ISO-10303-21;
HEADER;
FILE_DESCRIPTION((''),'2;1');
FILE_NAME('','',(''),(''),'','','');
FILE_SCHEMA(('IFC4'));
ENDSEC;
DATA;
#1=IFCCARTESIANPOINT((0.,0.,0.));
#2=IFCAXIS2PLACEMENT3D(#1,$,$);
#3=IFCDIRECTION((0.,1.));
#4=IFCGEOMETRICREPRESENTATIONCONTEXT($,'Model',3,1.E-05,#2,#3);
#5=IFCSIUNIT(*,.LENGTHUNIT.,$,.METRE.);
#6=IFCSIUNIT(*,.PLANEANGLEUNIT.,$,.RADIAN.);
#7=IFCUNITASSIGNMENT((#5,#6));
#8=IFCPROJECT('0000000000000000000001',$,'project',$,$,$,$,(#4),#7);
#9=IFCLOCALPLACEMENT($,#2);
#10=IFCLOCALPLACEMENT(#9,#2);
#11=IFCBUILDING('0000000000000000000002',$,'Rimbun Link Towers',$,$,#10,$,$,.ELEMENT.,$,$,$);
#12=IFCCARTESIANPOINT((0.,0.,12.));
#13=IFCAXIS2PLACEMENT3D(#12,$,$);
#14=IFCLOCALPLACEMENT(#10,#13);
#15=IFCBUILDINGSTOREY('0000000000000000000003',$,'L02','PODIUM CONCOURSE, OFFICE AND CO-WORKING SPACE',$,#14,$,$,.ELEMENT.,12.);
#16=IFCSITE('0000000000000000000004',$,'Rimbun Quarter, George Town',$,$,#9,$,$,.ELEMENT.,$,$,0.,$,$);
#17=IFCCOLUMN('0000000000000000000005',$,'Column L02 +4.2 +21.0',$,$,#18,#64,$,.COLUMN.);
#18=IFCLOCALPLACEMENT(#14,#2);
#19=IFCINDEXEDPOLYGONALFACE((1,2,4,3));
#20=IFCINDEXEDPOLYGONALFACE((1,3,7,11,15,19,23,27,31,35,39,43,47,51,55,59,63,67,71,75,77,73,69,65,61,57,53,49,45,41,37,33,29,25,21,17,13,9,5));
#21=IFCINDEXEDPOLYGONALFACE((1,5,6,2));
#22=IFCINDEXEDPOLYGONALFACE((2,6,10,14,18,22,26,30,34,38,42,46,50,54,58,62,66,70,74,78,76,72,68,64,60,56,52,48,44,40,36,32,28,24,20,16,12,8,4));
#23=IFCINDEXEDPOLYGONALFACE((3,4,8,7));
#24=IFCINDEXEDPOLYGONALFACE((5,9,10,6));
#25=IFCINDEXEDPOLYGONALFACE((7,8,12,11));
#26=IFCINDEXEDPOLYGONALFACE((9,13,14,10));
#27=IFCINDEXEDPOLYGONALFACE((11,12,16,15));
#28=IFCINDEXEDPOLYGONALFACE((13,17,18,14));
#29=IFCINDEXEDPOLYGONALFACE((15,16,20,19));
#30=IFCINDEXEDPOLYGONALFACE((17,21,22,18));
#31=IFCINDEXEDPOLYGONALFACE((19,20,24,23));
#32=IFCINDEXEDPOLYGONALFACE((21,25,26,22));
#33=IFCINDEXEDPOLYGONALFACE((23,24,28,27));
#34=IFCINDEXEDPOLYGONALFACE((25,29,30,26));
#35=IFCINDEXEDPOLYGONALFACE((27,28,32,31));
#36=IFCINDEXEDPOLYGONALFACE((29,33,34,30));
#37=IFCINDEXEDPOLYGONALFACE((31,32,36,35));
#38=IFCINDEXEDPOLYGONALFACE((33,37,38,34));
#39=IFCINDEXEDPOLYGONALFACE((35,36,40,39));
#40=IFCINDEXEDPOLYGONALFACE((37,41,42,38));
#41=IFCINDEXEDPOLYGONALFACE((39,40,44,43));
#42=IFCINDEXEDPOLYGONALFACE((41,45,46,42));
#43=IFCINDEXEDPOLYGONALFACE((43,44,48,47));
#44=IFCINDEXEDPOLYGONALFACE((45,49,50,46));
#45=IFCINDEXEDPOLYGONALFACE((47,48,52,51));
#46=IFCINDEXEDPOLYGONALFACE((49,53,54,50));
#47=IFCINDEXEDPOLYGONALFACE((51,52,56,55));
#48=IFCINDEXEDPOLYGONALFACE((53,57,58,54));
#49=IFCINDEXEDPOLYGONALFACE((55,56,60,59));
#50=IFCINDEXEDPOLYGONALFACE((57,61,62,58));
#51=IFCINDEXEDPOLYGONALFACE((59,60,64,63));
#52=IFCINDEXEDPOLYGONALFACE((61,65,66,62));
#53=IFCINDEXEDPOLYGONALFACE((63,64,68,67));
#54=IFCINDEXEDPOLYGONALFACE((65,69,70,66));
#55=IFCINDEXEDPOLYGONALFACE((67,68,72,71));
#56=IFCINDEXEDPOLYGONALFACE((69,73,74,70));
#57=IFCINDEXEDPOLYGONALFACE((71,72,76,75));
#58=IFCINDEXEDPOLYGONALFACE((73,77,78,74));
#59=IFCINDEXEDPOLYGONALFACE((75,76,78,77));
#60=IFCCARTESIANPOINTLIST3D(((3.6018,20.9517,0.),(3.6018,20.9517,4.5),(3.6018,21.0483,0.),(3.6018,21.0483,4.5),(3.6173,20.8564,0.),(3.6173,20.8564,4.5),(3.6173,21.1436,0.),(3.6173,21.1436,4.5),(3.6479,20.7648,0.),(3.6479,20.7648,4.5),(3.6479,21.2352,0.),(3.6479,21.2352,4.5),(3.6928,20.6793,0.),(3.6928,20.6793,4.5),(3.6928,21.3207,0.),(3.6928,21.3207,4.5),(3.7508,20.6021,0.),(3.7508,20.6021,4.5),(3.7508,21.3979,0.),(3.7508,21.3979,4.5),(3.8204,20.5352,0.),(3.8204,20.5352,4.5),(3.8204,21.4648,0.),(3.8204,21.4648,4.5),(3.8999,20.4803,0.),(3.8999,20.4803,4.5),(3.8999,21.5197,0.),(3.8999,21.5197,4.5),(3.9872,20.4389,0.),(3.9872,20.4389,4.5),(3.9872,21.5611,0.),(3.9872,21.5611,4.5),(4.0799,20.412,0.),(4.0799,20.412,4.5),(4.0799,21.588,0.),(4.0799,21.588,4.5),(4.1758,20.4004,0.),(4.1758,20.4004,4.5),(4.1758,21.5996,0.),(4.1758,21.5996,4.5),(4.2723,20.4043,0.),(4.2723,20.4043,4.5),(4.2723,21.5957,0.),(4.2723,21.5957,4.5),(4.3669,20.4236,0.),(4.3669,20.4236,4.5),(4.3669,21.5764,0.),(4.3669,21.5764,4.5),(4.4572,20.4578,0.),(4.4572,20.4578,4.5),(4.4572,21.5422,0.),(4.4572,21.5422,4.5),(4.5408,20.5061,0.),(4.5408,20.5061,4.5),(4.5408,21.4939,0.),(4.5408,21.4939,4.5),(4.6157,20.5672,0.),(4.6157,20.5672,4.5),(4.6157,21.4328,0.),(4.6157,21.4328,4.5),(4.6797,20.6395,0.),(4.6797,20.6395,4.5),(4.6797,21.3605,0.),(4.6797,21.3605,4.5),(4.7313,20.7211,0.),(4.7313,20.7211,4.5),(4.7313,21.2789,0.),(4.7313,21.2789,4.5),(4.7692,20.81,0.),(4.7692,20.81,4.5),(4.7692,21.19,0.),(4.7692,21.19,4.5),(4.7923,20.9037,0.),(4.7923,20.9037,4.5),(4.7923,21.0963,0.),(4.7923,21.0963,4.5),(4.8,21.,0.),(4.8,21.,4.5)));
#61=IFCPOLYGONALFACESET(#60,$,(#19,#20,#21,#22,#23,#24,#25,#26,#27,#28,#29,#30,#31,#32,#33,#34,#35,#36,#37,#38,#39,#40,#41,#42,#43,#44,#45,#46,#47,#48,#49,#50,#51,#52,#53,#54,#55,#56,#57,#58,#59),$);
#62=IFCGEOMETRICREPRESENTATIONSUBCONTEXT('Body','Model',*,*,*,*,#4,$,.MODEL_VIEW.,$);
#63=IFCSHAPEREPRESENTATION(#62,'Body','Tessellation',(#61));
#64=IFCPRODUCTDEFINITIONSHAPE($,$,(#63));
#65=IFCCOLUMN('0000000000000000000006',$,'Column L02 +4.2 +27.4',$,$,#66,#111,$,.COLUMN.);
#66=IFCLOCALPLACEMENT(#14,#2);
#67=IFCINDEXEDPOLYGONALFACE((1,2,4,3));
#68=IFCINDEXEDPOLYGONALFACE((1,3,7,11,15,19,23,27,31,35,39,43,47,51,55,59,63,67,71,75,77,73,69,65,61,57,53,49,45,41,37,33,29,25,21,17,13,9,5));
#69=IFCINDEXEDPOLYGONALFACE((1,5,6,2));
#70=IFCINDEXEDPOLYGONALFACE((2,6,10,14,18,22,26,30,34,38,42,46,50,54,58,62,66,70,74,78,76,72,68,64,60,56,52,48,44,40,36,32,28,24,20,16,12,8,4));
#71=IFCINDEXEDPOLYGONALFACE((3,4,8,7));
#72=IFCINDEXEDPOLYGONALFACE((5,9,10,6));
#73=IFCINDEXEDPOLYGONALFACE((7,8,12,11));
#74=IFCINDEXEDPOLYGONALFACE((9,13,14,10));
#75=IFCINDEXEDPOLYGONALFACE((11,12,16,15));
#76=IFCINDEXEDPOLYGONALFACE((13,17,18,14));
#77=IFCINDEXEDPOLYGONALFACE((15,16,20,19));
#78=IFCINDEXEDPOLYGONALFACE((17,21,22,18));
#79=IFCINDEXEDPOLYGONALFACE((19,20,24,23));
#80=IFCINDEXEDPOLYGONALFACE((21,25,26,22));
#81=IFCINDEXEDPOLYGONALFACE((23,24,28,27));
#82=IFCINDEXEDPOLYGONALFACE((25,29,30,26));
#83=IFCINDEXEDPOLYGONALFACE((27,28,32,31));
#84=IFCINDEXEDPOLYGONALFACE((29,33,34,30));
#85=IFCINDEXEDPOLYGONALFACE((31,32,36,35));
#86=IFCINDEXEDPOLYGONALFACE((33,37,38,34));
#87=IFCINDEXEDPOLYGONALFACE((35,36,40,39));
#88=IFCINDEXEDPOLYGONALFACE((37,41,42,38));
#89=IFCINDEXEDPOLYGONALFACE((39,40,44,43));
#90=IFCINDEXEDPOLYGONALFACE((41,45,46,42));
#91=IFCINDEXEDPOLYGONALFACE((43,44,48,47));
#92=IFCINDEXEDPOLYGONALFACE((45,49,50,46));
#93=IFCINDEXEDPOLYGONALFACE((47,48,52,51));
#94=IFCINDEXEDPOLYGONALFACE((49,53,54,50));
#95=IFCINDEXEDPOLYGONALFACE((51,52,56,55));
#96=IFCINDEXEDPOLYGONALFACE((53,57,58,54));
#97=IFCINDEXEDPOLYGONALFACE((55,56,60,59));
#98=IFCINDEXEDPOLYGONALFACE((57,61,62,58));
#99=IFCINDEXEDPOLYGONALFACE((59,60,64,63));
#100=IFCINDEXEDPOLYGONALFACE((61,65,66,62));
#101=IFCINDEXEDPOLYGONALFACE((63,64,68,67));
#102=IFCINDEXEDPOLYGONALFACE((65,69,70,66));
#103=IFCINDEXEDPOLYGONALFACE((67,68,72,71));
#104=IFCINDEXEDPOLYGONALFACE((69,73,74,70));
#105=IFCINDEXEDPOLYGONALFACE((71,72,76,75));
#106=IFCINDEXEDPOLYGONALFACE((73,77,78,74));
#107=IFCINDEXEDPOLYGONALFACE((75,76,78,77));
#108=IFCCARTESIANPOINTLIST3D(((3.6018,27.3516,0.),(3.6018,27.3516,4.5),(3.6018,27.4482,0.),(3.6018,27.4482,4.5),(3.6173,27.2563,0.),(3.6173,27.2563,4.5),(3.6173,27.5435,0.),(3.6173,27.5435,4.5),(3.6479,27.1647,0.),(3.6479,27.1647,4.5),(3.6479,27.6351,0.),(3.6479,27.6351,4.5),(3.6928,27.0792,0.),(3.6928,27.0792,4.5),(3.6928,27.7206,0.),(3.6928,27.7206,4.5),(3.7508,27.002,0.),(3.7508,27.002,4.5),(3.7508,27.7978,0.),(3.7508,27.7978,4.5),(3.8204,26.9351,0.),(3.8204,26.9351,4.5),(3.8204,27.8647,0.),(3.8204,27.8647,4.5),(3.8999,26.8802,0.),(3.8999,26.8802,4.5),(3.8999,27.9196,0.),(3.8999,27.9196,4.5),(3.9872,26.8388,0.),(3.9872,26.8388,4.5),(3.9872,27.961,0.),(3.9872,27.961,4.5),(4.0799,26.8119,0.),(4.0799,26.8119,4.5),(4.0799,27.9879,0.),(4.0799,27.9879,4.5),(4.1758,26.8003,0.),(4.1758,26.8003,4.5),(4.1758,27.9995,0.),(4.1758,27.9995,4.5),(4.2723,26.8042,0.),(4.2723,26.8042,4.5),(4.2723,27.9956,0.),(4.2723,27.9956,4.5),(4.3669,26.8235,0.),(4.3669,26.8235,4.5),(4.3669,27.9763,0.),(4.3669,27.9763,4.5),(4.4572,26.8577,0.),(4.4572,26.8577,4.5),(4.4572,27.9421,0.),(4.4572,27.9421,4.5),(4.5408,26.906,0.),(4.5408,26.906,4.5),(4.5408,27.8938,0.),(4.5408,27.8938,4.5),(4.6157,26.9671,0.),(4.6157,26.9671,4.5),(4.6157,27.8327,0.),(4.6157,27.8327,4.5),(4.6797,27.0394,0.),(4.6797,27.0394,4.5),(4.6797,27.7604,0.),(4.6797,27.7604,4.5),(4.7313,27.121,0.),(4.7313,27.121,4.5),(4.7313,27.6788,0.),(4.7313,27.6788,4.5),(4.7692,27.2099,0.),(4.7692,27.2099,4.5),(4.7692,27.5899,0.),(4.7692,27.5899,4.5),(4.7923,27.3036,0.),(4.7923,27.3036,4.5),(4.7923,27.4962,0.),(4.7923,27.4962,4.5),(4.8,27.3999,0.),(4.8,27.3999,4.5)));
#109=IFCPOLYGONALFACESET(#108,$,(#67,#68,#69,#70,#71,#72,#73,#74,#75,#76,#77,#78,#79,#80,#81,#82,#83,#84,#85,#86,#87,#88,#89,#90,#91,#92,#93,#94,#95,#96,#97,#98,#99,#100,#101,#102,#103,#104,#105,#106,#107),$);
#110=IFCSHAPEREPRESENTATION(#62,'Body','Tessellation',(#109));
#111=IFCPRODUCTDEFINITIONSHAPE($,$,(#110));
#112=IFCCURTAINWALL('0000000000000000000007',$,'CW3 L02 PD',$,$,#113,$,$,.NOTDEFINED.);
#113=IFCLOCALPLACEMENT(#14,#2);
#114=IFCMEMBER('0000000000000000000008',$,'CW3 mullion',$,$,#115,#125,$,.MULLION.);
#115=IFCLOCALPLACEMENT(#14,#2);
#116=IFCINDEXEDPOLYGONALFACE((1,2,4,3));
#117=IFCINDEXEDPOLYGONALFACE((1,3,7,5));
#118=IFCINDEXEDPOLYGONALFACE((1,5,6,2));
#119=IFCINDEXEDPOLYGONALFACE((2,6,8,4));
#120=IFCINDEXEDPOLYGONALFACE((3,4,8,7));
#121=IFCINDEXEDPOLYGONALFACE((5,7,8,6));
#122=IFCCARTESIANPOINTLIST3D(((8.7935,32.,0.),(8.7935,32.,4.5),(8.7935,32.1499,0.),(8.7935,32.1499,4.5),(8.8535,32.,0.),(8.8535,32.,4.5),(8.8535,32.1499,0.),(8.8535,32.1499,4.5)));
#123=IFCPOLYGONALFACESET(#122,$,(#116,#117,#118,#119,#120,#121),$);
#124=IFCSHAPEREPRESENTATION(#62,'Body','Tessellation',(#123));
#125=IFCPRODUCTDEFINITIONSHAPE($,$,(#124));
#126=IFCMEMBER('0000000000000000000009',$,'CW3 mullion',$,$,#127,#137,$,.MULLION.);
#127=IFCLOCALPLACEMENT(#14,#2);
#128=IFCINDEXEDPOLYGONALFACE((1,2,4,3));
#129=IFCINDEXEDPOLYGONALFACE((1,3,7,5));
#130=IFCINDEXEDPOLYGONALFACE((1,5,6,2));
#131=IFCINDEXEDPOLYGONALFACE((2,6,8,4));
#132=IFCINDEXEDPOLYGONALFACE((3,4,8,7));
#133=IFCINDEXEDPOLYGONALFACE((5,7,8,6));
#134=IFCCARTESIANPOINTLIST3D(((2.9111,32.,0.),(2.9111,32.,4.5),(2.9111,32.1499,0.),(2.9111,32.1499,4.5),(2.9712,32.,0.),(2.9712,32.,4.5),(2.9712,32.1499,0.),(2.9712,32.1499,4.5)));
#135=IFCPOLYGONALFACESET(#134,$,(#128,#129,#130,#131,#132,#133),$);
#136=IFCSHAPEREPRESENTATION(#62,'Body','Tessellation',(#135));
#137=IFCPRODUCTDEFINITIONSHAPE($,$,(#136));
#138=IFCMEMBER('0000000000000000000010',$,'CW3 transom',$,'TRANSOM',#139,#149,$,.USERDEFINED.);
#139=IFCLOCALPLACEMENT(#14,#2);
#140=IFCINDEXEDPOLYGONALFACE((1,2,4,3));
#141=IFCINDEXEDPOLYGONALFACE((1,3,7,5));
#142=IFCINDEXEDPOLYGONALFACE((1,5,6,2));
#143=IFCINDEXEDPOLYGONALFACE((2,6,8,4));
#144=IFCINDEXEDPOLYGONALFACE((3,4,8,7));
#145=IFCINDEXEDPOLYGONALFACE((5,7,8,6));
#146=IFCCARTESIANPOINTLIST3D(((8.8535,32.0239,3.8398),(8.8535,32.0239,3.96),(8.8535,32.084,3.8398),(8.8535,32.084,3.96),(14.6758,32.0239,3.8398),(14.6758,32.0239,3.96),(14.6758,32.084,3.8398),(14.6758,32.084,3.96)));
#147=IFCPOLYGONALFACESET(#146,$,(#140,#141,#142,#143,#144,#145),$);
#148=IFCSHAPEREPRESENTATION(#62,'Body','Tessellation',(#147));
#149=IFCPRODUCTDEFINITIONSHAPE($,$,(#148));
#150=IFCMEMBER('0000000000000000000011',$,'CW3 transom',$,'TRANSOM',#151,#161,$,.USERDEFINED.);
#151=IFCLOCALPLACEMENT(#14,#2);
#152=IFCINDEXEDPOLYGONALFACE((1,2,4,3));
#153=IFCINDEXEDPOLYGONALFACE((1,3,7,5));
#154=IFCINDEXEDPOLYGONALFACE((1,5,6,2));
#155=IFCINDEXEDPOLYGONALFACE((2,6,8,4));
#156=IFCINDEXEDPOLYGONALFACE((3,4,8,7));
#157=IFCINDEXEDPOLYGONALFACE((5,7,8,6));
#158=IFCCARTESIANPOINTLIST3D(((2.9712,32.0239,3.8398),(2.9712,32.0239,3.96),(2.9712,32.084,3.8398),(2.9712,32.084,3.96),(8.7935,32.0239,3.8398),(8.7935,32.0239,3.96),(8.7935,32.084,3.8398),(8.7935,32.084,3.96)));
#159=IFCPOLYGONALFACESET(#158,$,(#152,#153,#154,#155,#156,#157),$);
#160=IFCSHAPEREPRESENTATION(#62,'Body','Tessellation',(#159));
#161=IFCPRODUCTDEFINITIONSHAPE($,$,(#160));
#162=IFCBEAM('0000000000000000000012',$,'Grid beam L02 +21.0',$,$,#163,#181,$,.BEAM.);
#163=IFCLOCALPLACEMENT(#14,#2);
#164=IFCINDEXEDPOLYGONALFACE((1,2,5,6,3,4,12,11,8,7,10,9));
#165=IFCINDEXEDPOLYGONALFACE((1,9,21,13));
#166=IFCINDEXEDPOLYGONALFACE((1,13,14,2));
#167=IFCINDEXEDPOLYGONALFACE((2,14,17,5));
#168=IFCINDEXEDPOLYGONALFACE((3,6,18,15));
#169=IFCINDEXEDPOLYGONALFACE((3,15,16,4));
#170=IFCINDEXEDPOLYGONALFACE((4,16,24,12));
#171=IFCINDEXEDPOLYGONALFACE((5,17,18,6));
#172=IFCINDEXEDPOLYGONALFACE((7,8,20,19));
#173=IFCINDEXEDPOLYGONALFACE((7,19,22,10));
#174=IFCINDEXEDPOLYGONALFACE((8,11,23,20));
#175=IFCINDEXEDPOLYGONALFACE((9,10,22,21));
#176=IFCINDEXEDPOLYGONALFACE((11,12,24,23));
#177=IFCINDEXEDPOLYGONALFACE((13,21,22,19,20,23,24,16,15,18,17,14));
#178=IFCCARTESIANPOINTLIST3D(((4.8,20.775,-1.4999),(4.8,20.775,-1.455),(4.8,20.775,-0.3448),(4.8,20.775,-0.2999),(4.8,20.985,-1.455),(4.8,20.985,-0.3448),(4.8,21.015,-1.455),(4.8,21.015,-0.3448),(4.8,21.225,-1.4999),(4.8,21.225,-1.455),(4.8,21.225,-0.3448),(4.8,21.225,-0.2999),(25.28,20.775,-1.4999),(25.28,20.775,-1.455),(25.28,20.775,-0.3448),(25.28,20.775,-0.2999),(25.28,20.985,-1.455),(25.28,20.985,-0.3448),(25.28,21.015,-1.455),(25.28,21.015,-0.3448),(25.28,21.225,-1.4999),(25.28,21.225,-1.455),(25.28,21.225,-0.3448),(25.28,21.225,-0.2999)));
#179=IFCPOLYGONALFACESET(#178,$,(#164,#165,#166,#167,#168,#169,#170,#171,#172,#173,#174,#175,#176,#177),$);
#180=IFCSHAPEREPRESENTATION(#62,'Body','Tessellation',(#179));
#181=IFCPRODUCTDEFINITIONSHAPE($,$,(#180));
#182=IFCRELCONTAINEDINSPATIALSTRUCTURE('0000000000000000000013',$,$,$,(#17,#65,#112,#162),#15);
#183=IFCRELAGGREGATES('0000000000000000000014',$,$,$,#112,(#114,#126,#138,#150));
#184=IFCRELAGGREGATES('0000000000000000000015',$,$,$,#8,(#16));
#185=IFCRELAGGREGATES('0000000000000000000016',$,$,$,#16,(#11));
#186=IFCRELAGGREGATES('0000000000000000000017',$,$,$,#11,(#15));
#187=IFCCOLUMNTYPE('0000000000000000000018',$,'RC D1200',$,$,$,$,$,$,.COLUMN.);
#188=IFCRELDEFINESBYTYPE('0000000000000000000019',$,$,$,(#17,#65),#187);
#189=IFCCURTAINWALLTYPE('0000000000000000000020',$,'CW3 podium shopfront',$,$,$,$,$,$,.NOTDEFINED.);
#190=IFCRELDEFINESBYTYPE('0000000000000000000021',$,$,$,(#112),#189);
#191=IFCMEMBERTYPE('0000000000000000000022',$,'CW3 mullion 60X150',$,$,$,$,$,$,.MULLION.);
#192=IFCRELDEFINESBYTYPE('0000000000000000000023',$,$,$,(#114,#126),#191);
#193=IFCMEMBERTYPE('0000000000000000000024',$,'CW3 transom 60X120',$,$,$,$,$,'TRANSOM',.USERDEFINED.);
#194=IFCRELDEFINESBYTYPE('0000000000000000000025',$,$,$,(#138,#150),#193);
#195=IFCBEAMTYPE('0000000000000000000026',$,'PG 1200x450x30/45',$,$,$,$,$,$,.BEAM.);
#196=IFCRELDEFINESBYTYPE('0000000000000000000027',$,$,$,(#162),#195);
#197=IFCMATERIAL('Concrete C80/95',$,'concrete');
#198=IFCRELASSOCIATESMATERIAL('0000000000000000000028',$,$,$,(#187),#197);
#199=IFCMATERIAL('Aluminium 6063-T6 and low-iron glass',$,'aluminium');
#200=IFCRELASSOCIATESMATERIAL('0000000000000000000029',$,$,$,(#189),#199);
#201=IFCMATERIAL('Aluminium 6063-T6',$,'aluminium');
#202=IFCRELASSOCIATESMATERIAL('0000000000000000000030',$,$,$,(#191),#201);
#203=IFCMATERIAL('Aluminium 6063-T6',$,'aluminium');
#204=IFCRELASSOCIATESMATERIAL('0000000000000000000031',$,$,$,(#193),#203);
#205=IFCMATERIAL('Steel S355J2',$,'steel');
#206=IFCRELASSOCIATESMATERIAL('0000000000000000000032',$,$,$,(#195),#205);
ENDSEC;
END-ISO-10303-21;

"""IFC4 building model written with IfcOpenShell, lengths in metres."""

from ifc_helpers import new_model, si_unit, direction, frame, origin, origin_2d, place, context, subcontext, project, spatial, rectangle, circle, i_section, extrude, material, material_profile, profile_set, type_object, element, aggregate, save


model = new_model("IFC4")

# Units and contexts
model_context = context("Model", 3, precision=1e-05, world=origin(), true_north=direction((0.0, 1.0)))
body_context = subcontext(model_context, "Body", "Model", "MODEL_VIEW")
ifc_project = project(units=[si_unit("LENGTHUNIT", "METRE"), si_unit("PLANEANGLEUNIT", "RADIAN")], contexts=[model_context])

# Site, building, storey
site_placement = place(None, origin())
site = spatial("IfcSite", under=ifc_project, at=site_placement, Name="Rimbun Quarter, George Town", CompositionType="ELEMENT", RefElevation=0.0)
building_placement = place(site_placement, origin())
building = spatial("IfcBuilding", under=site, at=building_placement, Name="Rimbun Link Towers", CompositionType="ELEMENT")
storey_placement = place(building_placement, frame((0.0, 0.0, 12.0)))
storey = spatial("IfcBuildingStorey", under=building, at=storey_placement, Name="L02", Description="PODIUM CONCOURSE, OFFICE AND CO-WORKING SPACE", CompositionType="ELEMENT", Elevation=12.0)

# Columns
ifc_material_1 = material(Name="Concrete C80/95", Category="concrete")
ifc_material_profile_1 = material_profile(ifc_material_1, circle(Radius=0.6001, at=origin_2d()), Name="RC D1200")
ifc_profile_set_1 = profile_set([ifc_material_profile_1], Name="Concrete C80/95")
column_type = type_object("IfcColumnType", Name="RC D1200", PredefinedType="COLUMN", material=ifc_profile_set_1)
for number, where, z_axis, x_axis, name in (
    (1, (4.2, 21.0, 0.0), (0.0, 0.0, 1.0), (1.0, 0.0, 0.0), "Column L02 +4.2 +21.0"),
    (2, (4.2, 27.3999, 0.0), (0.0, 0.0, 1.0), (1.0, 0.0, 0.0), "Column L02 +4.2 +27.4"),
):
    element("IfcColumn", number, at=place(storey_placement, frame(where, z_axis=z_axis, x_axis=x_axis)), inside=storey, type_object=column_type, Name=name, PredefinedType="COLUMN", context=body_context, shape_type="SweptSolid", body=[
        extrude(circle(Radius=0.6001, at=origin_2d()), origin(), (0.0, 0.0, 1.0), 4.5),
    ])

# Curtain wall, members
ifc_material_2 = material(Name="Aluminium 6063-T6 and low-iron glass", Category="aluminium")
curtain_wall_type = type_object("IfcCurtainWallType", Name="CW3 podium shopfront", PredefinedType="NOTDEFINED", material=ifc_material_2)
curtain_wall_placement = place(storey_placement, origin())
curtain_wall = element("IfcCurtainWall", 3, at=curtain_wall_placement, inside=storey, type_object=curtain_wall_type, Name="CW3 L02 PD", PredefinedType="NOTDEFINED")
ifc_material_3 = material(Name="Aluminium 6063-T6", Category="aluminium")
ifc_material_profile_2 = material_profile(ifc_material_3, rectangle(XDim=0.1499, YDim=0.0601, at=origin_2d()), Name="MULLION 60X150")
ifc_profile_set_2 = profile_set([ifc_material_profile_2], Name="Aluminium 6063-T6")
member_type_1 = type_object("IfcMemberType", Name="CW3 mullion 60X150", PredefinedType="MULLION", material=ifc_profile_set_2)
member_1_placement = place(storey_placement, frame((8.8235, 32.075, 0.0), z_axis=(0.0, 0.0, 1.0), x_axis=(0.0, 1.0, 0.0)))
member_1 = element("IfcMember", 4, at=member_1_placement, type_object=member_type_1, Name="CW3 mullion", PredefinedType="MULLION", context=body_context, shape_type="SweptSolid", body=[
    extrude(rectangle(XDim=0.1499, YDim=0.0601, at=origin_2d()), origin(), (0.0, 0.0, 1.0), 4.5),
])
member_2_placement = place(storey_placement, frame((2.9412, 32.075, 0.0), z_axis=(0.0, 0.0, 1.0), x_axis=(0.0, 1.0, 0.0)))
member_2 = element("IfcMember", 5, at=member_2_placement, type_object=member_type_1, Name="CW3 mullion", PredefinedType="MULLION", context=body_context, shape_type="SweptSolid", body=[
    extrude(rectangle(XDim=0.1499, YDim=0.0601, at=origin_2d()), origin(), (0.0, 0.0, 1.0), 4.5),
])
ifc_material_4 = material(Name="Aluminium 6063-T6", Category="aluminium")
ifc_material_profile_3 = material_profile(ifc_material_4, rectangle(XDim=0.0601, YDim=0.1201, at=origin_2d()), Name="TRANSOM 60X120")
ifc_profile_set_3 = profile_set([ifc_material_profile_3], Name="Aluminium 6063-T6")
member_type_2 = type_object("IfcMemberType", Name="CW3 transom 60X120", ElementType="TRANSOM", PredefinedType="USERDEFINED", material=ifc_profile_set_3)
member_3_placement = place(storey_placement, frame((8.8535, 32.054, 3.8999), z_axis=(1.0, 0.0, 0.0), x_axis=(0.0, 1.0, 0.0)))
member_3 = element("IfcMember", 6, at=member_3_placement, type_object=member_type_2, Name="CW3 transom", ObjectType="TRANSOM", PredefinedType="USERDEFINED", context=body_context, shape_type="SweptSolid", body=[
    extrude(rectangle(XDim=0.0601, YDim=0.1201, at=origin_2d()), origin(), (0.0, 0.0, 1.0), 5.8223),
])
member_4_placement = place(storey_placement, frame((2.9712, 32.054, 3.8999), z_axis=(1.0, 0.0, 0.0), x_axis=(0.0, 1.0, 0.0)))
member_4 = element("IfcMember", 7, at=member_4_placement, type_object=member_type_2, Name="CW3 transom", ObjectType="TRANSOM", PredefinedType="USERDEFINED", context=body_context, shape_type="SweptSolid", body=[
    extrude(rectangle(XDim=0.0601, YDim=0.1201, at=origin_2d()), origin(), (0.0, 0.0, 1.0), 5.8223),
])

# Beam
ifc_material_5 = material(Name="Steel S355J2", Category="steel")
ifc_material_profile_4 = material_profile(ifc_material_5, i_section(OverallWidth=0.45, OverallDepth=1.2, WebThickness=0.03, FlangeThickness=0.0449, at=origin_2d()), Name="PG 1200x450x30/45")
ifc_profile_set_4 = profile_set([ifc_material_profile_4], Name="Steel S355J2")
beam_type_1 = type_object("IfcBeamType", Name="PG 1200x450x30/45", PredefinedType="BEAM", material=ifc_profile_set_4)
beam_1_placement = place(storey_placement, frame((4.8, 21.0, -0.8999), z_axis=(1.0, 0.0, 0.0), x_axis=(0.0, 1.0, 0.0)))
element("IfcBeam", 8, at=beam_1_placement, inside=storey, type_object=beam_type_1, Name="Grid beam L02 +21.0", PredefinedType="BEAM", context=body_context, shape_type="SweptSolid", body=[
    extrude(i_section(OverallWidth=0.45, OverallDepth=1.2, WebThickness=0.03, FlangeThickness=0.0449, at=origin_2d()), origin(), (0.0, 0.0, 1.0), 20.48),
])

aggregate(curtain_wall, [member_1, member_2, member_3, member_4])

save(model, "model.ifc")
